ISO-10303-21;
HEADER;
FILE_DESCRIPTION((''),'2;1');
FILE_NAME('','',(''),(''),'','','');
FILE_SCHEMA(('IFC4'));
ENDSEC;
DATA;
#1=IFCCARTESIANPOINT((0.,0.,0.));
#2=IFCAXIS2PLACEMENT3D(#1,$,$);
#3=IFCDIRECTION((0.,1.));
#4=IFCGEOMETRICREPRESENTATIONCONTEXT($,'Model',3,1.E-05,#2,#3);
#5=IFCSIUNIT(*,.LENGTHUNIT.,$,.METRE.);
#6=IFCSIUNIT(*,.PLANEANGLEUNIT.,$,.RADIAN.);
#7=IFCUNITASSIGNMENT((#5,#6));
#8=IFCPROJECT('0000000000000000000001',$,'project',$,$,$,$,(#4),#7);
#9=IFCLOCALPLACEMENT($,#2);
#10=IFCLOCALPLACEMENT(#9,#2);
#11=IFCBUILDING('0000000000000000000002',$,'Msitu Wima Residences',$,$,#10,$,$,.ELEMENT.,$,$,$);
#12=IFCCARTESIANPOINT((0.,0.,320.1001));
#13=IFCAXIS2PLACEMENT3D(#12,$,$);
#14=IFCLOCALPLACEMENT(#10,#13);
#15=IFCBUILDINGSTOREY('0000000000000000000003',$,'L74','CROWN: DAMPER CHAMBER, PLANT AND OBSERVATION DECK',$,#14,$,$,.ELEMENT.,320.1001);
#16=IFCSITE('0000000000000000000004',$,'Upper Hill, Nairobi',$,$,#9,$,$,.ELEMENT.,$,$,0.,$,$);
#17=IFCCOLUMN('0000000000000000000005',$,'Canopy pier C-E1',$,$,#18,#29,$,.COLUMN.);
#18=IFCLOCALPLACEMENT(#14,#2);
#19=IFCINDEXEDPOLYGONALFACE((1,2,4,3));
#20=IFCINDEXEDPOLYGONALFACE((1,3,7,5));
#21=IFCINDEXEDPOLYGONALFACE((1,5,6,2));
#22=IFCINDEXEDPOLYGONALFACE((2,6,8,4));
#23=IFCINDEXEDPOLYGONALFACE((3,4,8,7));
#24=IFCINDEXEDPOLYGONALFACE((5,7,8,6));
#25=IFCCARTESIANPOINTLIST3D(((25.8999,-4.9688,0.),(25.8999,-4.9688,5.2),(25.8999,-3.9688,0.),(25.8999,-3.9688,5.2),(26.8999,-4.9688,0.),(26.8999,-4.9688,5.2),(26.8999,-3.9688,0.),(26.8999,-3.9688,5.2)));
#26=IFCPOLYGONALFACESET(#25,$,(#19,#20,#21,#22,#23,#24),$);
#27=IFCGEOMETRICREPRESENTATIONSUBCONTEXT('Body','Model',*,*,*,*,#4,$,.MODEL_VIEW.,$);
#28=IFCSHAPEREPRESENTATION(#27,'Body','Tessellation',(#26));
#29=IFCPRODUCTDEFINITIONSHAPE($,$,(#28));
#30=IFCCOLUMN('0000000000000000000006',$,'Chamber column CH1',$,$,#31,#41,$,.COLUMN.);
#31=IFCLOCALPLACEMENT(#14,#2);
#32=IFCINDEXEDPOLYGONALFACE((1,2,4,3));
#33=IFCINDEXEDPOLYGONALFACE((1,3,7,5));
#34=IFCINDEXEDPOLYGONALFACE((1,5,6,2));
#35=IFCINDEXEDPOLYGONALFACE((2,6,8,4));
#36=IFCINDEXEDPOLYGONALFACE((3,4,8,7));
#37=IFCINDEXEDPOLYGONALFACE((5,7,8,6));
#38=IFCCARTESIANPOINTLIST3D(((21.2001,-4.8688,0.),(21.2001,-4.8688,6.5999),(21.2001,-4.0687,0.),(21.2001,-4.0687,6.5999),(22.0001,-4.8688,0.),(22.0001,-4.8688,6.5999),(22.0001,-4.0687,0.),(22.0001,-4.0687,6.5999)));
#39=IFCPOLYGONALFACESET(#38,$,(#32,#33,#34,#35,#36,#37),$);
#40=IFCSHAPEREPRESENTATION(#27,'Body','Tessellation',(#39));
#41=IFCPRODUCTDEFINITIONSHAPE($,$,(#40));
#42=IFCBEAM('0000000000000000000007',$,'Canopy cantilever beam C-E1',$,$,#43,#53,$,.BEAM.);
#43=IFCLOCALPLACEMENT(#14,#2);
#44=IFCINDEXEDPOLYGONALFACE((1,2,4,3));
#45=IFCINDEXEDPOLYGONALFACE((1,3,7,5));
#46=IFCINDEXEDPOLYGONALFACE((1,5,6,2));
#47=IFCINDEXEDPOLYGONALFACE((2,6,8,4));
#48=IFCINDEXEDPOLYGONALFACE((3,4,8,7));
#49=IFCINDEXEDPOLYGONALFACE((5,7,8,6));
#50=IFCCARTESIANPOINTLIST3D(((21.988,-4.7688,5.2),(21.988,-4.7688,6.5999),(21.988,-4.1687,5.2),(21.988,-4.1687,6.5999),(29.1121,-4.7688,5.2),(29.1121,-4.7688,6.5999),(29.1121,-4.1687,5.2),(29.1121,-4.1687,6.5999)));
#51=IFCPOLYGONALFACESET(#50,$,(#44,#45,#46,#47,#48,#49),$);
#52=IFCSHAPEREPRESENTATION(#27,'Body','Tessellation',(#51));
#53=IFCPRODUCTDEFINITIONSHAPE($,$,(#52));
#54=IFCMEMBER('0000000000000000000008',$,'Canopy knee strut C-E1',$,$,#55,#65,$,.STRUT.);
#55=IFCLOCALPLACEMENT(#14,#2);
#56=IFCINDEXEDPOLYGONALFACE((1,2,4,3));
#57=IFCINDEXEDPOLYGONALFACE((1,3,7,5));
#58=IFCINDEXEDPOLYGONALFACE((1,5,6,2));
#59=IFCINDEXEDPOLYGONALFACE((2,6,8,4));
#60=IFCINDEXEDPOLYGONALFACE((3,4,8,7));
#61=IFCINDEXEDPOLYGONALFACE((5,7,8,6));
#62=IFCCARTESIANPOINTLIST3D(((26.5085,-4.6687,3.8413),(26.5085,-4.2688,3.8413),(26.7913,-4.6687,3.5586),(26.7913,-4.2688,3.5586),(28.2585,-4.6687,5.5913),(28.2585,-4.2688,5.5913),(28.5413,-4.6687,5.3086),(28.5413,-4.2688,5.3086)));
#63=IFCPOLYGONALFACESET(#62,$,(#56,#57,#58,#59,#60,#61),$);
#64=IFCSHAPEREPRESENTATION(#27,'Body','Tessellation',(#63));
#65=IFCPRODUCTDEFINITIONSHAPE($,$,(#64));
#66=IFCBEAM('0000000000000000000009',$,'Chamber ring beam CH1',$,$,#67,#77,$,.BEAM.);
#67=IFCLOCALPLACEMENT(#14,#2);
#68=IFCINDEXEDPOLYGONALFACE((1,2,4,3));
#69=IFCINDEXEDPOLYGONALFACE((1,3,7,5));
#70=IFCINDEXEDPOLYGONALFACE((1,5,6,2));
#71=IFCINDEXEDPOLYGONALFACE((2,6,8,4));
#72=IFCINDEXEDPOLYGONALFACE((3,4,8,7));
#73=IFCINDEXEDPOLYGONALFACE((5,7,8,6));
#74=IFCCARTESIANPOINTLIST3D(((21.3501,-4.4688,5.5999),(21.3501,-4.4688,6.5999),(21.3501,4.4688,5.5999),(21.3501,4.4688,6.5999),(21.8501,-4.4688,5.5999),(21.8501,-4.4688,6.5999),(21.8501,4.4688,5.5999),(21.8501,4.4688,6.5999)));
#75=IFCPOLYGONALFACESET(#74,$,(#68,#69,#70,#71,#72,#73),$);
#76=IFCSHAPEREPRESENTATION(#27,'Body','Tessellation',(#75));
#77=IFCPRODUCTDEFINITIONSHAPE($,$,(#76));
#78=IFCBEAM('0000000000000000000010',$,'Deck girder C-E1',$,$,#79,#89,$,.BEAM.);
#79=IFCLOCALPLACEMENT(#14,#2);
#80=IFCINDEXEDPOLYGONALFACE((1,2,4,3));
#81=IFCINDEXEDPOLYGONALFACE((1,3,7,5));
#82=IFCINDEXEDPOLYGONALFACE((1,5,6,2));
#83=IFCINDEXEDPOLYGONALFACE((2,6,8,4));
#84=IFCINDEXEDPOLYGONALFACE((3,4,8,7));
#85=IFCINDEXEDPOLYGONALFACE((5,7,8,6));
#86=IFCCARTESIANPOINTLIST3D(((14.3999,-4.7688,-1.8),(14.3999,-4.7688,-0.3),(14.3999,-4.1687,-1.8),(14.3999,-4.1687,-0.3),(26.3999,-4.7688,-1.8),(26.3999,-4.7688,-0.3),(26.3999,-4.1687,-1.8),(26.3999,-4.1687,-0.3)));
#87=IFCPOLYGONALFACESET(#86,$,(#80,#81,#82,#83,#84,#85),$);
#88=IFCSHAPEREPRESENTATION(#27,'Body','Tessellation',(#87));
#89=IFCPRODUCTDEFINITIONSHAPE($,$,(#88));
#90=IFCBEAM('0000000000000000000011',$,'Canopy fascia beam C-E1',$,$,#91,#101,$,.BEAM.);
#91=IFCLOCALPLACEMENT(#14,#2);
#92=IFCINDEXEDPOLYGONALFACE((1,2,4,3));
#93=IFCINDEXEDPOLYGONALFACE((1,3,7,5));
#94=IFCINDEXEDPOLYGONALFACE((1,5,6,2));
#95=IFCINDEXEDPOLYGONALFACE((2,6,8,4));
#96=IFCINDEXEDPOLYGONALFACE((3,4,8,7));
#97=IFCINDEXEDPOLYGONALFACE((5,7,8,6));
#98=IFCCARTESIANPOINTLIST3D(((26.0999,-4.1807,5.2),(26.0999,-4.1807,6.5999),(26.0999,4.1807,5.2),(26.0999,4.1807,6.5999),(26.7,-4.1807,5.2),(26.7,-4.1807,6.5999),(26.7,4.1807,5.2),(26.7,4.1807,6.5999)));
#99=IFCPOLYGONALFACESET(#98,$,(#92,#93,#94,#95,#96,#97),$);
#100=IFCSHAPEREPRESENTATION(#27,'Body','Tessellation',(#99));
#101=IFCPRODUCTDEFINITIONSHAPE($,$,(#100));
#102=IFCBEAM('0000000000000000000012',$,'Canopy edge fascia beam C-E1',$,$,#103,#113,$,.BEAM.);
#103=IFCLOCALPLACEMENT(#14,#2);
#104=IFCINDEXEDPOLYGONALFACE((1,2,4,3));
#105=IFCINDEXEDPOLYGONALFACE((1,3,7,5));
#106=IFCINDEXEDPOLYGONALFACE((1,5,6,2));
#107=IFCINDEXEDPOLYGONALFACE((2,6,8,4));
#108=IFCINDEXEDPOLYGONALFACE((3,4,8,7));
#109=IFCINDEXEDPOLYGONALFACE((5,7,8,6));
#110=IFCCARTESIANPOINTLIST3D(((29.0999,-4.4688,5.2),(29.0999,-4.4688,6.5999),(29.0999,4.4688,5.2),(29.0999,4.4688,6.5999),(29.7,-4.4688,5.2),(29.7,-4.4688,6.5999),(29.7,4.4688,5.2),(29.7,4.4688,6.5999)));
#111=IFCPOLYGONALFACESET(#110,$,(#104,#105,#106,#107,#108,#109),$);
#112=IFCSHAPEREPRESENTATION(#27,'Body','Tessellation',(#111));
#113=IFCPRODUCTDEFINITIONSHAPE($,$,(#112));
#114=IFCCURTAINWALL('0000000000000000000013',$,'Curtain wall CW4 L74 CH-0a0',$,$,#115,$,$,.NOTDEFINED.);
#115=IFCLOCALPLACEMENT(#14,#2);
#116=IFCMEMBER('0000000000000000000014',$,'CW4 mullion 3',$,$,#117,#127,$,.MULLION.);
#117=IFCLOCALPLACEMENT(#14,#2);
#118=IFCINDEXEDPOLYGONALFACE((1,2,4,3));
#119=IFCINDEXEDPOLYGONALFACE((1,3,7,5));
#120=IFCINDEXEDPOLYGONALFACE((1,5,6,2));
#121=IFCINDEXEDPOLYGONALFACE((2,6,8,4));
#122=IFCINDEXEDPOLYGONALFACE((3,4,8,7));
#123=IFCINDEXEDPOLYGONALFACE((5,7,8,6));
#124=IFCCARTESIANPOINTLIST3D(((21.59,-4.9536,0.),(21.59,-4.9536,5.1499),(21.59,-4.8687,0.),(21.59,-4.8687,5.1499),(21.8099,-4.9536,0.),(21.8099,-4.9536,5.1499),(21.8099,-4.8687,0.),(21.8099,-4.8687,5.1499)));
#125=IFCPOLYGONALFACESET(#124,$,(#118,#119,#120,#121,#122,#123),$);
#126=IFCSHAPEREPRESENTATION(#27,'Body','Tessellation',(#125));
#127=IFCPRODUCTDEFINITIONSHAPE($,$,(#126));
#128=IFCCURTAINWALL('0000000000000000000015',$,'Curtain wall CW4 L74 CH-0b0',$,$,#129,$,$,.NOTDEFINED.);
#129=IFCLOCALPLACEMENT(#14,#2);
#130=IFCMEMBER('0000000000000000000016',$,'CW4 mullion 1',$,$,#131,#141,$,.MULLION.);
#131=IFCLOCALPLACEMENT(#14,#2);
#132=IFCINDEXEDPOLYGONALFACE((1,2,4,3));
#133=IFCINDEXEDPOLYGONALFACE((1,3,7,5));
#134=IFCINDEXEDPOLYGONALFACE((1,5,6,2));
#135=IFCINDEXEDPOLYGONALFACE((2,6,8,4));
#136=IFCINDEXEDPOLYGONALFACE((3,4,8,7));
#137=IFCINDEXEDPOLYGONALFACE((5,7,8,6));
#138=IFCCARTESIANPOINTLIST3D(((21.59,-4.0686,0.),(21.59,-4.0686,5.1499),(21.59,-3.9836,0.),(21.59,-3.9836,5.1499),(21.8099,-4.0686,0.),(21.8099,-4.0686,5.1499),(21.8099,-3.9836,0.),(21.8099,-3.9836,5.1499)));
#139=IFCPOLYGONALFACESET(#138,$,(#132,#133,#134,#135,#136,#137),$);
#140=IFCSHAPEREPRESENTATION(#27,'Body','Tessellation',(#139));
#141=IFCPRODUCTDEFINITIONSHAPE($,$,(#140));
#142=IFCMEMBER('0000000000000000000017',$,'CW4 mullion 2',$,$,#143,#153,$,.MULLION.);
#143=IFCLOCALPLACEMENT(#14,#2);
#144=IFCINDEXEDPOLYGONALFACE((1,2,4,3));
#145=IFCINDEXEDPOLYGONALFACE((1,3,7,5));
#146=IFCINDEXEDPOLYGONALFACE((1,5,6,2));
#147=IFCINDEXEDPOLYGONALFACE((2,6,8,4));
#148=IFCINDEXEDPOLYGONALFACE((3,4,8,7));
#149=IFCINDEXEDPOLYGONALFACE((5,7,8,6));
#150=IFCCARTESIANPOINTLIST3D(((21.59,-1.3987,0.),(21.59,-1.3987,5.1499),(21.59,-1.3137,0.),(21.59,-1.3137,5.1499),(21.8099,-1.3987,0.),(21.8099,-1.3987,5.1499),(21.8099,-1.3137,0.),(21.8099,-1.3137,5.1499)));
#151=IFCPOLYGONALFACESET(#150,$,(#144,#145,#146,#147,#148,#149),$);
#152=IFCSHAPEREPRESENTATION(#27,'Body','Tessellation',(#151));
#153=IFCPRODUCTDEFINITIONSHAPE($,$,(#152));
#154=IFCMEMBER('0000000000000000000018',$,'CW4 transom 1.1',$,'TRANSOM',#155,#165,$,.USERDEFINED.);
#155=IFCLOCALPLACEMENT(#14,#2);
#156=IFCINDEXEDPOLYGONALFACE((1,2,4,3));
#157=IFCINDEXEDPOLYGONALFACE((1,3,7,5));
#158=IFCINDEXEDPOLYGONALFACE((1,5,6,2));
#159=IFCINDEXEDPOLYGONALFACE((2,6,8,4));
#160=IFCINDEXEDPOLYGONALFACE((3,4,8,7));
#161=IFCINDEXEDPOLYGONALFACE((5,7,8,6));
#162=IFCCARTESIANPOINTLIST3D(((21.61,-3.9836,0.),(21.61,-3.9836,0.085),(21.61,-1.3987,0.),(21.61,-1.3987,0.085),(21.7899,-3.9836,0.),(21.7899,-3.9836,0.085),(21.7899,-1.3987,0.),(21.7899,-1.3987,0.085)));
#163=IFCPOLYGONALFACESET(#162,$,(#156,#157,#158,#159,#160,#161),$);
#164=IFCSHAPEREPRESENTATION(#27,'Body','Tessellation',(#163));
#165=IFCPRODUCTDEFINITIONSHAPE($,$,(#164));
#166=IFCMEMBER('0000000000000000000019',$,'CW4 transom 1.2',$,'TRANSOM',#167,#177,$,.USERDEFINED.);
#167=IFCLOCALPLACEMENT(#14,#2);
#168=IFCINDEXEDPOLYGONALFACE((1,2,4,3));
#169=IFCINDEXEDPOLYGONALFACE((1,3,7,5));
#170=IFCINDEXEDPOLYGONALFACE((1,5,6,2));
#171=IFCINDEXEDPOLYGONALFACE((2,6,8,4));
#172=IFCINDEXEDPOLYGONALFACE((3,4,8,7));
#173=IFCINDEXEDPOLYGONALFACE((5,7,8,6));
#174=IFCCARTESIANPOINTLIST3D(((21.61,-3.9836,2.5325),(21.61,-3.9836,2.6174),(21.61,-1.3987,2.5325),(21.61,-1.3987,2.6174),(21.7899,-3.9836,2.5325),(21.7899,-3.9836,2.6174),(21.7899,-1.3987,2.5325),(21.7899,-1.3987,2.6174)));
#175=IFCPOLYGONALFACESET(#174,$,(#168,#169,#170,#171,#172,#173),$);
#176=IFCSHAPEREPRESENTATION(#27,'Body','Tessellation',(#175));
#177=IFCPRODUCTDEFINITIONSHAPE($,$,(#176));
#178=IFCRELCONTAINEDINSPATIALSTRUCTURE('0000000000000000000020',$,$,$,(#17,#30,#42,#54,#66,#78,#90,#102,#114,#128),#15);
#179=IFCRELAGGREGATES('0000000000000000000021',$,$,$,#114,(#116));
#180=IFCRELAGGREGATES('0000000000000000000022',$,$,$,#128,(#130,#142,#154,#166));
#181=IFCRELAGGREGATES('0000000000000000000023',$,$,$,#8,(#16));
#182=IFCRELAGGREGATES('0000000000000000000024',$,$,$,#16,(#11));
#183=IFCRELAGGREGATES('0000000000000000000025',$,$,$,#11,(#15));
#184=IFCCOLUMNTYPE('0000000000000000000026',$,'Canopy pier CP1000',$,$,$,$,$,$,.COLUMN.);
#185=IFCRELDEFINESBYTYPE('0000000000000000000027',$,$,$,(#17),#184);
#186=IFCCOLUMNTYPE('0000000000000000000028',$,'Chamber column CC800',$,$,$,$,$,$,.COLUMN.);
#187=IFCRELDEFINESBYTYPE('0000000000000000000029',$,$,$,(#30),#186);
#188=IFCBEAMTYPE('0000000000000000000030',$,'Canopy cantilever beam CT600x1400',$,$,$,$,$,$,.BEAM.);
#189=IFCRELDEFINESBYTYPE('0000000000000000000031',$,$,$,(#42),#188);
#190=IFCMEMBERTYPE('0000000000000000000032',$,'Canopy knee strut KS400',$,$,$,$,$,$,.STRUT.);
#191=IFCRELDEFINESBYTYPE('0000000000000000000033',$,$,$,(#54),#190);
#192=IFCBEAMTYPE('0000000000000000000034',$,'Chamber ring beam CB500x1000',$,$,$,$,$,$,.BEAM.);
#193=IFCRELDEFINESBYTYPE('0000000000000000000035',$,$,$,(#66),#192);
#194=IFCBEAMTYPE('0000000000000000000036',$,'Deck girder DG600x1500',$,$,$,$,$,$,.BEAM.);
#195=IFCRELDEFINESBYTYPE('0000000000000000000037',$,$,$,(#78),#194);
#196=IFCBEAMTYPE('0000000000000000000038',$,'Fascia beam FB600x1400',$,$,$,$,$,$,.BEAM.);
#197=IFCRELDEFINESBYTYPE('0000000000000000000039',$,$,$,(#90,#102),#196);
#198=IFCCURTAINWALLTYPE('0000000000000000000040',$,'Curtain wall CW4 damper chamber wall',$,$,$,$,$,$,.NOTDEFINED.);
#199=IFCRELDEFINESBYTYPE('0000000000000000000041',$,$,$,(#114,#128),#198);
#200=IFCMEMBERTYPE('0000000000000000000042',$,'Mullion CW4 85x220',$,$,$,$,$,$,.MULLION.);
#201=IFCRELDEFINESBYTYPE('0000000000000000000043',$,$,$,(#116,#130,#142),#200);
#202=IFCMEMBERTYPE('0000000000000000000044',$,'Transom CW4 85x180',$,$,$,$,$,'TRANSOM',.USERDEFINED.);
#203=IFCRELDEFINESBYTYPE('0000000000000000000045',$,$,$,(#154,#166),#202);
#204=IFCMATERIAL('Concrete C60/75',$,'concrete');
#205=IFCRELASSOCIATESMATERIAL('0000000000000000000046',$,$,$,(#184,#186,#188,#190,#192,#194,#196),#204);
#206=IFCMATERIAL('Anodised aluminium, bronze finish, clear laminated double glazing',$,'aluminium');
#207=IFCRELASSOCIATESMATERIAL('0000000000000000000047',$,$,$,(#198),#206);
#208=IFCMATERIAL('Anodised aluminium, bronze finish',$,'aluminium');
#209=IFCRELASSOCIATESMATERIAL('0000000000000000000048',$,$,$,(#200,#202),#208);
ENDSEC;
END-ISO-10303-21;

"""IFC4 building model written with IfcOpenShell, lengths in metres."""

from ifc_helpers import new_model, si_unit, direction, frame, origin, origin_2d, place, context, subcontext, project, spatial, rectangle, extrude, material, material_profile, profile_set, type_object, element, aggregate, save


model = new_model("IFC4")

# Units and contexts
model_context = context("Model", 3, precision=1e-05, world=origin(), true_north=direction((0.0, 1.0)))
body_context = subcontext(model_context, "Body", "Model", "MODEL_VIEW")
ifc_project = project(units=[si_unit("LENGTHUNIT", "METRE"), si_unit("PLANEANGLEUNIT", "RADIAN")], contexts=[model_context])

# Site, building, storey
site_placement = place(None, origin())
site = spatial("IfcSite", under=ifc_project, at=site_placement, Name="Upper Hill, Nairobi", CompositionType="ELEMENT", RefElevation=0.0)
building_placement = place(site_placement, origin())
building = spatial("IfcBuilding", under=site, at=building_placement, Name="Msitu Wima Residences", CompositionType="ELEMENT")
storey_placement = place(building_placement, frame((0.0, 0.0, 320.1001)))
storey = spatial("IfcBuildingStorey", under=building, at=storey_placement, Name="L74", Description="CROWN: DAMPER CHAMBER, PLANT AND OBSERVATION DECK", CompositionType="ELEMENT", Elevation=320.1001)

# Columns
ifc_material_1 = material(Name="Concrete C60/75", Category="concrete")
ifc_material_profile_1 = material_profile(ifc_material_1, rectangle(XDim=1.0, YDim=1.0, at=origin_2d()), Name="RC 1000x1000")
ifc_profile_set_1 = profile_set([ifc_material_profile_1], Name="Concrete C60/75")
column_type_1 = type_object("IfcColumnType", Name="Canopy pier CP1000", PredefinedType="COLUMN", material=ifc_profile_set_1)
column_1_placement = place(storey_placement, frame((26.3999, -4.4688, 0.0), z_axis=(0.0, 0.0, 1.0), x_axis=(1.0, 0.0, 0.0)))
element("IfcColumn", 1, at=column_1_placement, inside=storey, type_object=column_type_1, Name="Canopy pier C-E1", PredefinedType="COLUMN", context=body_context, shape_type="SweptSolid", body=[
    extrude(rectangle(XDim=1.0, YDim=1.0, at=origin_2d()), origin(), (0.0, 0.0, 1.0), 5.2),
])
ifc_material_profile_2 = material_profile(ifc_material_1, rectangle(XDim=0.8, YDim=0.8, at=origin_2d()), Name="RC 800x800")
ifc_profile_set_2 = profile_set([ifc_material_profile_2], Name="Concrete C60/75")
column_type_2 = type_object("IfcColumnType", Name="Chamber column CC800", PredefinedType="COLUMN", material=ifc_profile_set_2)
column_2_placement = place(storey_placement, frame((21.6001, -4.4688, 0.0), z_axis=(0.0, 0.0, 1.0), x_axis=(1.0, 0.0, 0.0)))
element("IfcColumn", 2, at=column_2_placement, inside=storey, type_object=column_type_2, Name="Chamber column CH1", PredefinedType="COLUMN", context=body_context, shape_type="SweptSolid", body=[
    extrude(rectangle(XDim=0.8, YDim=0.8, at=origin_2d()), origin(), (0.0, 0.0, 1.0), 6.5999),
])

# Beam
ifc_material_profile_3 = material_profile(ifc_material_1, rectangle(XDim=0.6001, YDim=1.3999, at=origin_2d()), Name="RC 600x1400")
ifc_profile_set_3 = profile_set([ifc_material_profile_3], Name="Concrete C60/75")
beam_type_1 = type_object("IfcBeamType", Name="Canopy cantilever beam CT600x1400", PredefinedType="BEAM", material=ifc_profile_set_3)
beam_1_placement = place(storey_placement, frame((21.988, -4.4688, 5.8999), z_axis=(1.0, 0.0, 0.0), x_axis=(0.0, 1.0, 0.0)))
element("IfcBeam", 3, at=beam_1_placement, inside=storey, type_object=beam_type_1, Name="Canopy cantilever beam C-E1", PredefinedType="BEAM", context=body_context, shape_type="SweptSolid", body=[
    extrude(rectangle(XDim=0.6001, YDim=1.3999, at=origin_2d()), origin(), (0.0, 0.0, 1.0), 7.124),
])

# Member
ifc_material_profile_4 = material_profile(ifc_material_1, rectangle(XDim=0.3999, YDim=0.3999, at=origin_2d()), Name="RC 400x400")
ifc_profile_set_4 = profile_set([ifc_material_profile_4], Name="Concrete C60/75")
member_type_1 = type_object("IfcMemberType", Name="Canopy knee strut KS400", PredefinedType="STRUT", material=ifc_profile_set_4)
member_1_placement = place(storey_placement, frame((26.6499, -4.4688, 3.7), z_axis=(0.707107, 0.0, 0.707107), x_axis=(0.0, 1.0, 0.0)))
element("IfcMember", 4, at=member_1_placement, inside=storey, type_object=member_type_1, Name="Canopy knee strut C-E1", PredefinedType="STRUT", context=body_context, shape_type="SweptSolid", body=[
    extrude(rectangle(XDim=0.3999, YDim=0.3999, at=origin_2d()), origin(), (0.0, 0.0, 1.0), 2.4749),
])

# Beams
ifc_material_profile_5 = material_profile(ifc_material_1, rectangle(XDim=0.5, YDim=1.0, at=origin_2d()), Name="RC 500x1000")
ifc_profile_set_5 = profile_set([ifc_material_profile_5], Name="Concrete C60/75")
beam_type_2 = type_object("IfcBeamType", Name="Chamber ring beam CB500x1000", PredefinedType="BEAM", material=ifc_profile_set_5)
beam_2_placement = place(storey_placement, frame((21.6001, -4.4688, 6.0999), z_axis=(0.0, 1.0, 0.0), x_axis=(-1.0, 0.0, 0.0)))
element("IfcBeam", 5, at=beam_2_placement, inside=storey, type_object=beam_type_2, Name="Chamber ring beam CH1", PredefinedType="BEAM", context=body_context, shape_type="SweptSolid", body=[
    extrude(rectangle(XDim=0.5, YDim=1.0, at=origin_2d()), origin(), (0.0, 0.0, 1.0), 8.9375),
])
ifc_material_profile_6 = material_profile(ifc_material_1, rectangle(XDim=0.6001, YDim=1.5, at=origin_2d()), Name="RC 600x1500")
ifc_profile_set_6 = profile_set([ifc_material_profile_6], Name="Concrete C60/75")
beam_type_3 = type_object("IfcBeamType", Name="Deck girder DG600x1500", PredefinedType="BEAM", material=ifc_profile_set_6)
beam_3_placement = place(storey_placement, frame((26.3999, -4.4688, -1.05), z_axis=(-1.0, 0.0, 0.0), x_axis=(0.0, -1.0, 0.0)))
element("IfcBeam", 6, at=beam_3_placement, inside=storey, type_object=beam_type_3, Name="Deck girder C-E1", PredefinedType="BEAM", context=body_context, shape_type="SweptSolid", body=[
    extrude(rectangle(XDim=0.6001, YDim=1.5, at=origin_2d()), origin(), (0.0, 0.0, 1.0), 12.0),
])
ifc_material_profile_7 = material_profile(ifc_material_1, rectangle(XDim=0.6001, YDim=1.3999, at=origin_2d()), Name="RC 600x1400")
ifc_profile_set_7 = profile_set([ifc_material_profile_7], Name="Concrete C60/75")
beam_type_4 = type_object("IfcBeamType", Name="Fascia beam FB600x1400", PredefinedType="BEAM", material=ifc_profile_set_7)
beam_4_placement = place(storey_placement, frame((26.3999, -4.1807, 5.8999), z_axis=(0.0, 1.0, 0.0), x_axis=(-1.0, 0.0, 0.0)))
element("IfcBeam", 7, at=beam_4_placement, inside=storey, type_object=beam_type_4, Name="Canopy fascia beam C-E1", PredefinedType="BEAM", context=body_context, shape_type="SweptSolid", body=[
    extrude(rectangle(XDim=0.6001, YDim=1.3999, at=origin_2d()), origin(), (0.0, 0.0, 1.0), 8.3613),
])
beam_5_placement = place(storey_placement, frame((29.3999, -4.4688, 5.8999), z_axis=(0.0, 1.0, 0.0), x_axis=(-1.0, 0.0, 0.0)))
element("IfcBeam", 8, at=beam_5_placement, inside=storey, type_object=beam_type_4, Name="Canopy edge fascia beam C-E1", PredefinedType="BEAM", context=body_context, shape_type="SweptSolid", body=[
    extrude(rectangle(XDim=0.6001, YDim=1.3999, at=origin_2d()), origin(), (0.0, 0.0, 1.0), 8.9375),
])

# Curtain wall, member
ifc_material_2 = material(Name="Anodised aluminium, bronze finish, clear laminated double glazing", Category="aluminium")
curtain_wall_type = type_object("IfcCurtainWallType", Name="Curtain wall CW4 damper chamber wall", PredefinedType="NOTDEFINED", material=ifc_material_2)
curtain_wall_1_placement = place(storey_placement, origin())
curtain_wall_1 = element("IfcCurtainWall", 9, at=curtain_wall_1_placement, inside=storey, type_object=curtain_wall_type, Name="Curtain wall CW4 L74 CH-0a0", PredefinedType="NOTDEFINED")
ifc_material_3 = material(Name="Anodised aluminium, bronze finish", Category="aluminium")
ifc_material_profile_8 = material_profile(ifc_material_3, rectangle(XDim=0.22, YDim=0.085, at=origin_2d()), Name="Mullion 85x220")
ifc_profile_set_8 = profile_set([ifc_material_profile_8], Name="Anodised aluminium, bronze finish")
member_type_2 = type_object("IfcMemberType", Name="Mullion CW4 85x220", PredefinedType="MULLION", material=ifc_profile_set_8)
member_2_placement = place(storey_placement, frame((21.7, -4.9111, 0.0), z_axis=(0.0, 0.0, 1.0), x_axis=(-1.0, 0.0, 0.0)))
member_2 = element("IfcMember", 10, at=member_2_placement, type_object=member_type_2, Name="CW4 mullion 3", PredefinedType="MULLION", context=body_context, shape_type="SweptSolid", body=[
    extrude(rectangle(XDim=0.22, YDim=0.085, at=origin_2d()), origin(), (0.0, 0.0, 1.0), 5.1499),
])
aggregate(curtain_wall_1, [member_2])

# Curtain wall, members
curtain_wall_2_placement = place(storey_placement, origin())
curtain_wall_2 = element("IfcCurtainWall", 11, at=curtain_wall_2_placement, inside=storey, type_object=curtain_wall_type, Name="Curtain wall CW4 L74 CH-0b0", PredefinedType="NOTDEFINED")
member_3_placement = place(storey_placement, frame((21.7, -4.0261, 0.0), z_axis=(0.0, 0.0, 1.0), x_axis=(-1.0, 0.0, 0.0)))
member_3 = element("IfcMember", 12, at=member_3_placement, type_object=member_type_2, Name="CW4 mullion 1", PredefinedType="MULLION", context=body_context, shape_type="SweptSolid", body=[
    extrude(rectangle(XDim=0.22, YDim=0.085, at=origin_2d()), origin(), (0.0, 0.0, 1.0), 5.1499),
])
member_4_placement = place(storey_placement, frame((21.7, -1.3562, 0.0), z_axis=(0.0, 0.0, 1.0), x_axis=(-1.0, 0.0, 0.0)))
member_4 = element("IfcMember", 13, at=member_4_placement, type_object=member_type_2, Name="CW4 mullion 2", PredefinedType="MULLION", context=body_context, shape_type="SweptSolid", body=[
    extrude(rectangle(XDim=0.22, YDim=0.085, at=origin_2d()), origin(), (0.0, 0.0, 1.0), 5.1499),
])
ifc_material_profile_9 = material_profile(ifc_material_3, rectangle(XDim=0.1799, YDim=0.085, at=origin_2d()), Name="Transom 85x180")
ifc_profile_set_9 = profile_set([ifc_material_profile_9], Name="Anodised aluminium, bronze finish")
member_type_3 = type_object("IfcMemberType", Name="Transom CW4 85x180", ElementType="TRANSOM", PredefinedType="USERDEFINED", material=ifc_profile_set_9)
member_5_placement = place(storey_placement, frame((21.7, -3.9836, 0.0425), z_axis=(0.0, 1.0, 0.0), x_axis=(-1.0, 0.0, 0.0)))
member_5 = element("IfcMember", 14, at=member_5_placement, type_object=member_type_3, Name="CW4 transom 1.1", ObjectType="TRANSOM", PredefinedType="USERDEFINED", context=body_context, shape_type="SweptSolid", body=[
    extrude(rectangle(XDim=0.1799, YDim=0.085, at=origin_2d()), origin(), (0.0, 0.0, 1.0), 2.585),
])
member_6_placement = place(storey_placement, frame((21.7, -3.9836, 2.575), z_axis=(0.0, 1.0, 0.0), x_axis=(-1.0, 0.0, 0.0)))
member_6 = element("IfcMember", 15, at=member_6_placement, type_object=member_type_3, Name="CW4 transom 1.2", ObjectType="TRANSOM", PredefinedType="USERDEFINED", context=body_context, shape_type="SweptSolid", body=[
    extrude(rectangle(XDim=0.1799, YDim=0.085, at=origin_2d()), origin(), (0.0, 0.0, 1.0), 2.585),
])
aggregate(curtain_wall_2, [member_3, member_4, member_5, member_6])

save(model, "model.ifc")
